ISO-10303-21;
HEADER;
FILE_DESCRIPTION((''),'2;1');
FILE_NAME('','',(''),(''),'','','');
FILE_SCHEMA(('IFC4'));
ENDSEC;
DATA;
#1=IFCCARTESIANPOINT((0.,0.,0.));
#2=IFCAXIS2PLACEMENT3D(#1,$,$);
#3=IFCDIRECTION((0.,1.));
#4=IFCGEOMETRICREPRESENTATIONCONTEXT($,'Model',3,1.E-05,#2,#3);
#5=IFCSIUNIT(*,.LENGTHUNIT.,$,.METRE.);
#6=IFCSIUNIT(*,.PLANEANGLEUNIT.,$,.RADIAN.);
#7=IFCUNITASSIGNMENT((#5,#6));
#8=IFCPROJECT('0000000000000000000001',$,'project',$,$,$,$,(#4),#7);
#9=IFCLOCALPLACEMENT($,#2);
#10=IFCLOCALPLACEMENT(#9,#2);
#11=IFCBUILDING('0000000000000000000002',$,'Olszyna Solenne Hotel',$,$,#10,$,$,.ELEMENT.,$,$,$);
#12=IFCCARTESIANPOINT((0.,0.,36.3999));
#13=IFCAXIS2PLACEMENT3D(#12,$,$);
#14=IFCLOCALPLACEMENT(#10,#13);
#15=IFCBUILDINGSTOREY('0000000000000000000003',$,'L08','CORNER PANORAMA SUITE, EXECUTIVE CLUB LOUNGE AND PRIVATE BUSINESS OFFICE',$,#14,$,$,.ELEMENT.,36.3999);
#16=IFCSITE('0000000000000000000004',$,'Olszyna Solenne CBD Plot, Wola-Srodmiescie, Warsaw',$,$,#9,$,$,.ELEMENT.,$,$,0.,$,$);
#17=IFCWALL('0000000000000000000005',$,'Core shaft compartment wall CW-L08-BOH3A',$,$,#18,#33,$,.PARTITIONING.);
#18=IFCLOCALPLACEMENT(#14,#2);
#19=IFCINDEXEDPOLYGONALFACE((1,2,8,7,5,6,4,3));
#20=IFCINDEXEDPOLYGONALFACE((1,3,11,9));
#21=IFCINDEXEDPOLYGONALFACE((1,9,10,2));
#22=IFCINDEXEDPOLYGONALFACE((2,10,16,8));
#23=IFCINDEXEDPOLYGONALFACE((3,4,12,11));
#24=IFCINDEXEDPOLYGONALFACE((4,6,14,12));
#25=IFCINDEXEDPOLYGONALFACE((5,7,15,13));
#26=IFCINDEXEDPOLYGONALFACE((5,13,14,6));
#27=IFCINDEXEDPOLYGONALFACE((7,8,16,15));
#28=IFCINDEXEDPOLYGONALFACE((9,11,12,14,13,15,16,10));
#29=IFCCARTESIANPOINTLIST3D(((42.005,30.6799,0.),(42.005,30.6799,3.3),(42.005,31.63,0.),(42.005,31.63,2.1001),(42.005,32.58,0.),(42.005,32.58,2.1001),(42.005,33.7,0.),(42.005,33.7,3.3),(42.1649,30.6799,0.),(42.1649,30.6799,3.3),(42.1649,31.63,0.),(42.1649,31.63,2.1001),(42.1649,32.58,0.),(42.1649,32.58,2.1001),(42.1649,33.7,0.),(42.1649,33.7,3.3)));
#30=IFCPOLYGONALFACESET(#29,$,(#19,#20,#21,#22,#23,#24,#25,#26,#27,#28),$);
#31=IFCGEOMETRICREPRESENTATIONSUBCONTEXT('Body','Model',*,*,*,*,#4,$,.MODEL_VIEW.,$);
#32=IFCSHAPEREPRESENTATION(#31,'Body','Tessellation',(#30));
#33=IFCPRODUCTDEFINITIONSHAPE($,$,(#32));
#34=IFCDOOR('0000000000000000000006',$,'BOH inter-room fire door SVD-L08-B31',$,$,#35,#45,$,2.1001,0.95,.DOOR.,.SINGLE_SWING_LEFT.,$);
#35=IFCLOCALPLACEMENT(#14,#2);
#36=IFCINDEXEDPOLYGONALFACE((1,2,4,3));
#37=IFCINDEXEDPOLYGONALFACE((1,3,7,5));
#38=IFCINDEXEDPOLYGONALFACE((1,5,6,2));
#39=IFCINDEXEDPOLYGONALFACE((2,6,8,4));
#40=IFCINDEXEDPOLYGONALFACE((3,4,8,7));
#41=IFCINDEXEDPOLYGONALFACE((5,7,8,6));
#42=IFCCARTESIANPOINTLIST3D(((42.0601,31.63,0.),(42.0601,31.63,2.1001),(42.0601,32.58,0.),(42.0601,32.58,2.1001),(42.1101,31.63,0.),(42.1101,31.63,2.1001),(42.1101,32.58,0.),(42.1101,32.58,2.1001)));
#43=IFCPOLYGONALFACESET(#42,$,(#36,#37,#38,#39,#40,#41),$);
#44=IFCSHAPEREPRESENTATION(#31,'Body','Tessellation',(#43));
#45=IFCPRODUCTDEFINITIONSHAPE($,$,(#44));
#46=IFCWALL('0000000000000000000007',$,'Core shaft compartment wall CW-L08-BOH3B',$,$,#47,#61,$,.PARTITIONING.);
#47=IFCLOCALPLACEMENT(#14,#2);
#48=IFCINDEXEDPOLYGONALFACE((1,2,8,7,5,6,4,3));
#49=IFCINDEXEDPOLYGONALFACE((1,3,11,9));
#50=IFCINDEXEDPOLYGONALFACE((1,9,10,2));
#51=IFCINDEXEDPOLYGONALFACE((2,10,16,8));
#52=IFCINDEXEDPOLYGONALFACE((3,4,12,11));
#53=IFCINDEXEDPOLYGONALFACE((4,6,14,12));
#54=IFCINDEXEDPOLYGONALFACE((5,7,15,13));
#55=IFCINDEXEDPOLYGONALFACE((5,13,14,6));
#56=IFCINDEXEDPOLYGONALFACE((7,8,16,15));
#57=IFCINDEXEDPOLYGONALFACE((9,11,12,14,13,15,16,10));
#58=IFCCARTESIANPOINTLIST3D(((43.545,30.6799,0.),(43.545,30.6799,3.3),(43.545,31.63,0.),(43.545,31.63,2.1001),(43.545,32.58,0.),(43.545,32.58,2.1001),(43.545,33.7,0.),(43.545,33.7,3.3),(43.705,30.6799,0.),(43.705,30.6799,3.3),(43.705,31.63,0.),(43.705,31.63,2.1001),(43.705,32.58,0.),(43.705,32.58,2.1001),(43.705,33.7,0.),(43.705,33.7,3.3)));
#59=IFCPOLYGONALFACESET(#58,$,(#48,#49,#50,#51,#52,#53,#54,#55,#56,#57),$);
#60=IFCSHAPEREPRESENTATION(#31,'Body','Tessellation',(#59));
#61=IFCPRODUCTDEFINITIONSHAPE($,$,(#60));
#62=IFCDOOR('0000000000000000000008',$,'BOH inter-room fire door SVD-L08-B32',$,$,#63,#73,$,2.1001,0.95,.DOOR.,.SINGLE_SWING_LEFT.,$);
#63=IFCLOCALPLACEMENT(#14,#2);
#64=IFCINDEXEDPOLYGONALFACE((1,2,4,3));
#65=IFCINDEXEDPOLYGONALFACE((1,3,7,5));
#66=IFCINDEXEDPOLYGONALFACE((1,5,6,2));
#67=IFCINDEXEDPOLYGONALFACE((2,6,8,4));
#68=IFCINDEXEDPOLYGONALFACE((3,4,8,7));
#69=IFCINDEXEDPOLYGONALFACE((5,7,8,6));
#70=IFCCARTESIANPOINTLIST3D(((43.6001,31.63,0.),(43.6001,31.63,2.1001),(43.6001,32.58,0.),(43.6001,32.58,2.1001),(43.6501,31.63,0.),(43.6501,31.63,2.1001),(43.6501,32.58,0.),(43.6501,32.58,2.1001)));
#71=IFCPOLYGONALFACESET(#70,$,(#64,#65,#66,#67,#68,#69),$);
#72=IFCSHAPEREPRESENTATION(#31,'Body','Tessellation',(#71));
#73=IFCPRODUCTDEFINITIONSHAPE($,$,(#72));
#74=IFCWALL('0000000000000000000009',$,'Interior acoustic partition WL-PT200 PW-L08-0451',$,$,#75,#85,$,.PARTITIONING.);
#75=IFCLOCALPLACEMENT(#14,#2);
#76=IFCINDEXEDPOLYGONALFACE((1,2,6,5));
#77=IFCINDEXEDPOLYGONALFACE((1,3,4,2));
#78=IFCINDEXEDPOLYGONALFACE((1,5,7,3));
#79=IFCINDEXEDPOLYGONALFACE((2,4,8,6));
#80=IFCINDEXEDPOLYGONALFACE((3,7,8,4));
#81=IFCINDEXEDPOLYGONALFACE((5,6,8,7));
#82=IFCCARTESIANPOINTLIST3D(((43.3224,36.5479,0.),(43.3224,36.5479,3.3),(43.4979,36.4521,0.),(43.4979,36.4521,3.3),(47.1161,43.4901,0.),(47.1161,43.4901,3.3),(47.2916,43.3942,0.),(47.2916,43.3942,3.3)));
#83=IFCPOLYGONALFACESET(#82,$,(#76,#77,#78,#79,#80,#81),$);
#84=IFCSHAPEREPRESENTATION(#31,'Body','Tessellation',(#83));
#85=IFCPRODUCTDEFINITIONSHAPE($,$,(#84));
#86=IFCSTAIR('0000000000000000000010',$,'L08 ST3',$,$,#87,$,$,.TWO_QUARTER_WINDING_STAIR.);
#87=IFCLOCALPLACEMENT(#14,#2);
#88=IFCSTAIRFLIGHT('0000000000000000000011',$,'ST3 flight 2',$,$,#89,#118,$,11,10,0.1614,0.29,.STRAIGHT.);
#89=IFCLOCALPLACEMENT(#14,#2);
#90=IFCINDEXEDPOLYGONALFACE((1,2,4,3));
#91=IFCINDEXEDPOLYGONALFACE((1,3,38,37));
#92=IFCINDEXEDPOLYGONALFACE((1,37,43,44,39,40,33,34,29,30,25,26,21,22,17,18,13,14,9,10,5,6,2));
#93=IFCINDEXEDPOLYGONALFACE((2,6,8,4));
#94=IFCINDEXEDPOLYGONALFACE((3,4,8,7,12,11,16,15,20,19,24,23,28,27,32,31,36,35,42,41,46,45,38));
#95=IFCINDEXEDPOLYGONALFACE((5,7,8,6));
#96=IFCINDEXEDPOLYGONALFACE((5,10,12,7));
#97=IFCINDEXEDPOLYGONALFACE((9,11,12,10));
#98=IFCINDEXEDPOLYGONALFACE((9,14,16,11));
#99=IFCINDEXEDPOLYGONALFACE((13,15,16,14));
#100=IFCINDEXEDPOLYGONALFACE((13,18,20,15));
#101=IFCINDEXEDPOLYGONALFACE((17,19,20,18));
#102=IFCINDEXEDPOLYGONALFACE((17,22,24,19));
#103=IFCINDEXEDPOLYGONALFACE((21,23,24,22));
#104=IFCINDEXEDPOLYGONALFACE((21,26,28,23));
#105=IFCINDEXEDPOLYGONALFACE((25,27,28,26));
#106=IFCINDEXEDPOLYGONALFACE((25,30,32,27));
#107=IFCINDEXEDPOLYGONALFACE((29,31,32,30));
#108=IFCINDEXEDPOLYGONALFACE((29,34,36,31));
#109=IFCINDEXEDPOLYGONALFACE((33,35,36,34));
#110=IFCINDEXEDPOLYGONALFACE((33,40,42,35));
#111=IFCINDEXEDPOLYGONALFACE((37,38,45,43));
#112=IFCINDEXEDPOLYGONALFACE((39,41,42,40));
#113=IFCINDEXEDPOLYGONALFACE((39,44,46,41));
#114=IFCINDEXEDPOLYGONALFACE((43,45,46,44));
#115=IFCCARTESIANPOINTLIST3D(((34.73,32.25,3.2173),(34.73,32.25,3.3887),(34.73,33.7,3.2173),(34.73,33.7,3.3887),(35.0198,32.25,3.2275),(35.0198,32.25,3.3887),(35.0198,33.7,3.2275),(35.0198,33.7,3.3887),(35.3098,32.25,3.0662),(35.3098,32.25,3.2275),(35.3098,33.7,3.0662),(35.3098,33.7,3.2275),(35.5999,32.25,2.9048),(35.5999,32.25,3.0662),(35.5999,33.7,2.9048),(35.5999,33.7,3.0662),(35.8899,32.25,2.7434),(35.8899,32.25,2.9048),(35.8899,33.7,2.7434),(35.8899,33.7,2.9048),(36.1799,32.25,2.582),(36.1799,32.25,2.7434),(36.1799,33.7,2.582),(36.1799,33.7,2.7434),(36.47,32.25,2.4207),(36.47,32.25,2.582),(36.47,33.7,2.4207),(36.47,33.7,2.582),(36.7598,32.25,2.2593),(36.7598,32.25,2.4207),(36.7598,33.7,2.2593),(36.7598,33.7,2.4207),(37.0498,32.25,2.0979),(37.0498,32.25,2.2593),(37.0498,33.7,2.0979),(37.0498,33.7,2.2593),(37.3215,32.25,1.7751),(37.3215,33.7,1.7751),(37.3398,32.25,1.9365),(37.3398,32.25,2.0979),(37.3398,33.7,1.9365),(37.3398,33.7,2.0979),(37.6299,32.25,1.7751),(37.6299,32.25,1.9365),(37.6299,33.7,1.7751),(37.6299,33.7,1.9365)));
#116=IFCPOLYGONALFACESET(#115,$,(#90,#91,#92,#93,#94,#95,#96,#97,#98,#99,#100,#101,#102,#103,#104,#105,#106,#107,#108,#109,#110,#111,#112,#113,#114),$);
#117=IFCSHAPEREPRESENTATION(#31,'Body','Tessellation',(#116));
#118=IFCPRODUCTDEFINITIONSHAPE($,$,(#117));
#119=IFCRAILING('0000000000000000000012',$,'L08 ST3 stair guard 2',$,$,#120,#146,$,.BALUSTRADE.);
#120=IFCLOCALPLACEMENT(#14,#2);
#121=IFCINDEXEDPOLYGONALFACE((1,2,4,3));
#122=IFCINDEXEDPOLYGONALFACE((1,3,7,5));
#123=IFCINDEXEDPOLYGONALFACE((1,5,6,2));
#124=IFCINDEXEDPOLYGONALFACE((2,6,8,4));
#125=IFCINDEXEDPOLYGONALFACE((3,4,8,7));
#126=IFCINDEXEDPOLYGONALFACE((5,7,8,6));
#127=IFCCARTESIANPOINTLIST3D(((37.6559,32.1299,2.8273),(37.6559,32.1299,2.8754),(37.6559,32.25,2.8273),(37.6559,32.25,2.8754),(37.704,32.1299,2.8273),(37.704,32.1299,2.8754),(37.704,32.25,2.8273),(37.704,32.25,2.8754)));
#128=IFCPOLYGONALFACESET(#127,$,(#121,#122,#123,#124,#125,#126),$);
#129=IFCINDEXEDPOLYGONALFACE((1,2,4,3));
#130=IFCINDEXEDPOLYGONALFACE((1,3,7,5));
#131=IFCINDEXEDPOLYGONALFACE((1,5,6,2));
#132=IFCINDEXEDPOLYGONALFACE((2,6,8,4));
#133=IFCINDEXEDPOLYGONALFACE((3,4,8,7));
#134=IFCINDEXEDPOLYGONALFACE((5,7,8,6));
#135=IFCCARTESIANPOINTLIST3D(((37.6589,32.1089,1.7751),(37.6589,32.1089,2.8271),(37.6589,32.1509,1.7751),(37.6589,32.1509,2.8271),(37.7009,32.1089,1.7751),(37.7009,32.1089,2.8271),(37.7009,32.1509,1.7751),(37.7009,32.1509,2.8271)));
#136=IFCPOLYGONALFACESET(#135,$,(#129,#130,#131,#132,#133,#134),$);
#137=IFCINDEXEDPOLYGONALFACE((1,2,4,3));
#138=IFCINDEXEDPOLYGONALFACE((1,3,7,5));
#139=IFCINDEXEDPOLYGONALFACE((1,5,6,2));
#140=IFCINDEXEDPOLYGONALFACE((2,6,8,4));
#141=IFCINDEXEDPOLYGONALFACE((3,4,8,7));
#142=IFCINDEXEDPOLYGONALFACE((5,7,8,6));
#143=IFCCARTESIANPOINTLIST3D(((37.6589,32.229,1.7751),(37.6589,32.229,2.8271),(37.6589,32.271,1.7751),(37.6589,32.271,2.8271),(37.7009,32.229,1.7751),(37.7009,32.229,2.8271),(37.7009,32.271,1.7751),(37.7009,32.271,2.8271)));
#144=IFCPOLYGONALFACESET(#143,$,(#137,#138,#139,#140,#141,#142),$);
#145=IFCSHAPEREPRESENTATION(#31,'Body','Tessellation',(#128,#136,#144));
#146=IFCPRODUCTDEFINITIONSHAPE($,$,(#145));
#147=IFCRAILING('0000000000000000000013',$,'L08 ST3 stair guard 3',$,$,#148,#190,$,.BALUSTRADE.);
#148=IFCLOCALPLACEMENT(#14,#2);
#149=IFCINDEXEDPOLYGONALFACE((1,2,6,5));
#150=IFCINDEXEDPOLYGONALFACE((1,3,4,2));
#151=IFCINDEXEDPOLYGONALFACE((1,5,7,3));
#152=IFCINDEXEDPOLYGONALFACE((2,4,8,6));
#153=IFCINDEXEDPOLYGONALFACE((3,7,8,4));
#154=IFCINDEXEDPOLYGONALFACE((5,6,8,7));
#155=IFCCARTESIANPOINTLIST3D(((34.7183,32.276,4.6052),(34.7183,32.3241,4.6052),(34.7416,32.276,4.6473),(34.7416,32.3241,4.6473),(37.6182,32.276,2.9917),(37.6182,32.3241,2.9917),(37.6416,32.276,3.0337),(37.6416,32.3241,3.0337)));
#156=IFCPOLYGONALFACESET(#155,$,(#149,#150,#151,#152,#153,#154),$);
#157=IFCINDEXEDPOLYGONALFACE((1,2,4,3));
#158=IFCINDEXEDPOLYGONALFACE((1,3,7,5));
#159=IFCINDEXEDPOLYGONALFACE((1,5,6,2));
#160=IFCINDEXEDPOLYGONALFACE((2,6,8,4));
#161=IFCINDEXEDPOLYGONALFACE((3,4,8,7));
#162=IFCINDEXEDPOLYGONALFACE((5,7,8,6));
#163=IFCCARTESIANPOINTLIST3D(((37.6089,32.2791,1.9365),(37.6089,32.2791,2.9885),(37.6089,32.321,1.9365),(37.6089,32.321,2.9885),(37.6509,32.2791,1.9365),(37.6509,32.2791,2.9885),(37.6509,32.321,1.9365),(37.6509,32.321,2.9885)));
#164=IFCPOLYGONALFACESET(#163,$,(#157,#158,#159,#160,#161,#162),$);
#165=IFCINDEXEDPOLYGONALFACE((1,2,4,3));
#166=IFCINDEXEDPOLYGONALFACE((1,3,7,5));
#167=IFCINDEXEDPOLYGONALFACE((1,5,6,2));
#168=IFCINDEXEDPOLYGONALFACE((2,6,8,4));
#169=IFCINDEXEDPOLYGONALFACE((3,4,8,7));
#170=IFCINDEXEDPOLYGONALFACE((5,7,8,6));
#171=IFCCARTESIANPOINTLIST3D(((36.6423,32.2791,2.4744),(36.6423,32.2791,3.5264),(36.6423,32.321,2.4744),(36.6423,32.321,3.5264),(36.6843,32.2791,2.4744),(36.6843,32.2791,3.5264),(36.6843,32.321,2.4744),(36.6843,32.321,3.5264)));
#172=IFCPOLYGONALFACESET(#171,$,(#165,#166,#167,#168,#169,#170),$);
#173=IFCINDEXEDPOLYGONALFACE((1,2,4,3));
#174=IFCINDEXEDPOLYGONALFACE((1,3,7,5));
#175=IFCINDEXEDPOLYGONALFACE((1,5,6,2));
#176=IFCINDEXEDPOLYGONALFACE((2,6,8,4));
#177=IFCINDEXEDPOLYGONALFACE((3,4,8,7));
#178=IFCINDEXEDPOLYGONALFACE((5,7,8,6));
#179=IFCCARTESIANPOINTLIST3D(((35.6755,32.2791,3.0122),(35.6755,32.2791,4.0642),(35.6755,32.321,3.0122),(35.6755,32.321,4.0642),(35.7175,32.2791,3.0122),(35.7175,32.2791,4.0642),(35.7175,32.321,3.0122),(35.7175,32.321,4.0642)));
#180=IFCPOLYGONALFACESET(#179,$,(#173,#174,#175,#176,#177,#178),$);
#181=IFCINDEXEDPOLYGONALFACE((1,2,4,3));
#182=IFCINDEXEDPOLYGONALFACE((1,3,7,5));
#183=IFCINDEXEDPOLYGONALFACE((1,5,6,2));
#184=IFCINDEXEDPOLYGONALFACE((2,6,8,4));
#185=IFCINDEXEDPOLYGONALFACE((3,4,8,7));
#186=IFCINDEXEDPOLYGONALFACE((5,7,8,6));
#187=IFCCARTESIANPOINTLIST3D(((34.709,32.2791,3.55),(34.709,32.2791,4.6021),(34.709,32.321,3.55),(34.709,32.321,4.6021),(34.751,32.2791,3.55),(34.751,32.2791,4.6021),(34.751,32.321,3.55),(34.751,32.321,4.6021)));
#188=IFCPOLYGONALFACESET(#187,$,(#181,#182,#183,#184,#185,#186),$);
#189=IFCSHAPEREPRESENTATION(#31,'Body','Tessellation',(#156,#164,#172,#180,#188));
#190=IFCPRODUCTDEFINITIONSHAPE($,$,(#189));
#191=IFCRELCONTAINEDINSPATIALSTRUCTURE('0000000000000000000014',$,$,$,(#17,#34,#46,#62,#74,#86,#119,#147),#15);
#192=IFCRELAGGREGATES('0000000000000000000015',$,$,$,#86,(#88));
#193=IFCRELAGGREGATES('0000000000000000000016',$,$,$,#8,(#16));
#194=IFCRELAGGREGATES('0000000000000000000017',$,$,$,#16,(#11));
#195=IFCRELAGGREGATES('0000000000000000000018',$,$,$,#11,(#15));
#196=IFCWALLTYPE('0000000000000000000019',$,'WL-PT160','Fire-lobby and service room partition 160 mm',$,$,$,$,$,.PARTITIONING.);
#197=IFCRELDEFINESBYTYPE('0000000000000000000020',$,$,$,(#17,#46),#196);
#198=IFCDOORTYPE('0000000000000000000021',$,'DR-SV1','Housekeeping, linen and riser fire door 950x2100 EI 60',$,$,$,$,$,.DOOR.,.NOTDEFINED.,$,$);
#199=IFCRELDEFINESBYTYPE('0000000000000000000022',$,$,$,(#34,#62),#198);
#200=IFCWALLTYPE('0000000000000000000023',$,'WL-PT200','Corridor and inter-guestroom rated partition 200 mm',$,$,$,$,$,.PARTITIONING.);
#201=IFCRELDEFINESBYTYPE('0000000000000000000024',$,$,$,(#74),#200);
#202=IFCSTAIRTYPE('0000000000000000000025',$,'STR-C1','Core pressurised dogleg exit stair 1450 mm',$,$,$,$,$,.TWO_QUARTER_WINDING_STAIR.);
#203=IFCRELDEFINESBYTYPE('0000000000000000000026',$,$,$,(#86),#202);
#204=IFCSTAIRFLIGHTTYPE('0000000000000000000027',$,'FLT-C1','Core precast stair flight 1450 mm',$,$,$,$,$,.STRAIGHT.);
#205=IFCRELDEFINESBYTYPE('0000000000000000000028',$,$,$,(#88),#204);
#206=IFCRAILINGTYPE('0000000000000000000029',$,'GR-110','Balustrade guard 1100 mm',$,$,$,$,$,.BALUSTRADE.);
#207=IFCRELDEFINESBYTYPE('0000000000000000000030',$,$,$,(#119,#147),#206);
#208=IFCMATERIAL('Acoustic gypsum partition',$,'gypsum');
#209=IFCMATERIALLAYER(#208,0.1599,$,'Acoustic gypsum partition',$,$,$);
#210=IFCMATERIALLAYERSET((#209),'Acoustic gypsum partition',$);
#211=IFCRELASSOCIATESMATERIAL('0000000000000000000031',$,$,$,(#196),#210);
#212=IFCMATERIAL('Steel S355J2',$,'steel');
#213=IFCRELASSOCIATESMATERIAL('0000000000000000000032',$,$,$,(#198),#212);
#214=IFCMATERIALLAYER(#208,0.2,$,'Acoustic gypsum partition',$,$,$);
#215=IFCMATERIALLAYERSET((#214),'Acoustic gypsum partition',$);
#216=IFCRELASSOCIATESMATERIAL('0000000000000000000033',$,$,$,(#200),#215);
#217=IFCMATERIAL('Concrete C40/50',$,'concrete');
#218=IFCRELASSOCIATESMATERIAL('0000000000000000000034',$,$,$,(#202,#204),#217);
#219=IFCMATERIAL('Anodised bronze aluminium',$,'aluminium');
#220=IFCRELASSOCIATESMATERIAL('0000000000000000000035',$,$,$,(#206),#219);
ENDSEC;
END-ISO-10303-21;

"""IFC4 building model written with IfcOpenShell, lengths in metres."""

from ifc_helpers import new_model, si_unit, direction, frame, frame_2d, origin, origin_2d, place, context, subcontext, project, spatial, polyline, rectangle, outline, extrude, source, transform, mapped, material, layer, layer_set, type_object, type_shapes, element, fill, aggregate, save


model = new_model("IFC4")

# Units and contexts
model_context = context("Model", 3, precision=1e-05, world=origin(), true_north=direction((0.0, 1.0)))
body_context = subcontext(model_context, "Body", "Model", "MODEL_VIEW")
ifc_project = project(units=[si_unit("LENGTHUNIT", "METRE"), si_unit("PLANEANGLEUNIT", "RADIAN")], contexts=[model_context])

# Site, building, storey
site_placement = place(None, origin())
site = spatial("IfcSite", under=ifc_project, at=site_placement, Name="Olszyna Solenne CBD Plot, Wola-Srodmiescie, Warsaw", CompositionType="ELEMENT", RefElevation=0.0)
building_placement = place(site_placement, origin())
building = spatial("IfcBuilding", under=site, at=building_placement, Name="Olszyna Solenne Hotel", CompositionType="ELEMENT")
storey_placement = place(building_placement, frame((0.0, 0.0, 36.3999)))
storey = spatial("IfcBuildingStorey", under=building, at=storey_placement, Name="L08", Description="CORNER PANORAMA SUITE, EXECUTIVE CLUB LOUNGE AND PRIVATE BUSINESS OFFICE", CompositionType="ELEMENT", Elevation=36.3999)

# Shared definitions
ifc_material_1 = material(Name="Steel S355J2", Category="steel")

# Shared definitions
ifc_material_2 = material(Name="Anodised bronze aluminium", Category="aluminium")

# Shared definitions
ifc_material_3 = material(Name="Acoustic gypsum partition", Category="gypsum")
ifc_layer_1 = layer(ifc_material_3, 0.1599, Name="Acoustic gypsum partition")
ifc_layer_set_1 = layer_set([ifc_layer_1], Name="Acoustic gypsum partition")
wall_type_1 = type_object("IfcWallType", Name="WL-PT160", Description="Fire-lobby and service room partition 160 mm", PredefinedType="PARTITIONING", material=ifc_layer_set_1)

# Walls, openings, doors
wall_1_placement = place(storey_placement, frame((42.085, 30.6799, 0.0), z_axis=(0.0, 0.0, 1.0), x_axis=(0.0, 1.0, 0.0)))
wall_1 = element("IfcWall", 1, at=wall_1_placement, inside=storey, type_object=wall_type_1, Name="Core shaft compartment wall CW-L08-BOH3A", PredefinedType="PARTITIONING", context=body_context, shape_type="SweptSolid", body=[
    extrude(rectangle(XDim=3.02, YDim=0.1599, at=frame_2d((1.51, 0.0))), origin(), (0.0, 0.0, 1.0), 3.3),
])
opening_1_placement = place(wall_1_placement, frame((0.95, 0.0, 0.0)))
opening_1 = element("IfcOpeningElement", 2, at=opening_1_placement, cuts=wall_1, PredefinedType="OPENING", context=body_context, shape_type="SweptSolid", body=[
    extrude(rectangle(XDim=0.95, YDim=2.1001, at=frame_2d((0.4751, 1.05))), frame((0.0, 0.0898, 0.0), z_axis=(0.0, -1.0, 0.0), x_axis=(1.0, 0.0, 0.0)), (0.0, 0.0, 1.0), 0.1799),
])
door_type_1 = type_object("IfcDoorType", Name="DR-SV1", Description="Housekeeping, linen and riser fire door 950x2100 EI 60", OperationType="NOTDEFINED", PredefinedType="DOOR", material=ifc_material_1)
shared_shape_1 = source(origin(), body_context, "Body", "SweptSolid", [
    extrude(rectangle(XDim=0.95, YDim=2.1001, at=frame_2d((0.4751, 1.05))), frame((0.0, 0.0249, 0.0), z_axis=(0.0, -1.0, 0.0), x_axis=(1.0, 0.0, 0.0)), (0.0, 0.0, 1.0), 0.05),
])
type_shapes(door_type_1, [shared_shape_1])
door_1_placement = place(opening_1_placement, origin())
door_1 = element("IfcDoor", 3, at=door_1_placement, inside=storey, type_object=door_type_1, Name="BOH inter-room fire door SVD-L08-B31", OperationType="SINGLE_SWING_LEFT", OverallHeight=2.1001, OverallWidth=0.95, PredefinedType="DOOR", context=body_context, shape_type="MappedRepresentation", body=[
    mapped(shared_shape_1, transform((0.0, 0.0, 0.0), x_axis=(1.0, 0.0, 0.0), y_axis=(0.0, 1.0, 0.0), z_axis=(0.0, 0.0, 1.0), scale=1.0)),
])
fill(opening_1, door_1)
wall_2_placement = place(storey_placement, frame((43.625, 30.6799, 0.0), z_axis=(0.0, 0.0, 1.0), x_axis=(0.0, 1.0, 0.0)))
wall_2 = element("IfcWall", 4, at=wall_2_placement, inside=storey, type_object=wall_type_1, Name="Core shaft compartment wall CW-L08-BOH3B", PredefinedType="PARTITIONING", context=body_context, shape_type="SweptSolid", body=[
    extrude(rectangle(XDim=3.02, YDim=0.1599, at=frame_2d((1.51, 0.0))), origin(), (0.0, 0.0, 1.0), 3.3),
])
opening_2_placement = place(wall_2_placement, frame((0.95, 0.0, 0.0)))
opening_2 = element("IfcOpeningElement", 5, at=opening_2_placement, cuts=wall_2, PredefinedType="OPENING", context=body_context, shape_type="SweptSolid", body=[
    extrude(rectangle(XDim=0.95, YDim=2.1001, at=frame_2d((0.4751, 1.05))), frame((0.0, 0.0898, 0.0), z_axis=(0.0, -1.0, 0.0), x_axis=(1.0, 0.0, 0.0)), (0.0, 0.0, 1.0), 0.1799),
])
door_2_placement = place(opening_2_placement, origin())
door_2 = element("IfcDoor", 6, at=door_2_placement, inside=storey, type_object=door_type_1, Name="BOH inter-room fire door SVD-L08-B32", OperationType="SINGLE_SWING_LEFT", OverallHeight=2.1001, OverallWidth=0.95, PredefinedType="DOOR", context=body_context, shape_type="MappedRepresentation", body=[
    mapped(shared_shape_1, transform((0.0, 0.0, 0.0), x_axis=(1.0, 0.0, 0.0), y_axis=(0.0, 1.0, 0.0), z_axis=(0.0, 0.0, 1.0), scale=1.0)),
])
fill(opening_2, door_2)

# Wall
ifc_layer_2 = layer(ifc_material_3, 0.2, Name="Acoustic gypsum partition")
ifc_layer_set_2 = layer_set([ifc_layer_2], Name="Acoustic gypsum partition")
wall_type_2 = type_object("IfcWallType", Name="WL-PT200", Description="Corridor and inter-guestroom rated partition 200 mm", PredefinedType="PARTITIONING", material=ifc_layer_set_2)
wall_3_placement = place(storey_placement, frame((43.4102, 36.5, 0.0), z_axis=(0.0, 0.0, 1.0), x_axis=(0.479542, 0.877519, 0.0)))
element("IfcWall", 7, at=wall_3_placement, inside=storey, type_object=wall_type_2, Name="Interior acoustic partition WL-PT200 PW-L08-0451", PredefinedType="PARTITIONING", context=body_context, shape_type="SweptSolid", body=[
    extrude(rectangle(XDim=7.9111, YDim=0.2, at=frame_2d((3.9556, 0.0))), origin(), (0.0, 0.0, 1.0), 3.3),
])

# Stair, stair flight
ifc_material_4 = material(Name="Concrete C40/50", Category="concrete")
stair_type = type_object("IfcStairType", Name="STR-C1", Description="Core pressurised dogleg exit stair 1450 mm", PredefinedType="TWO_QUARTER_WINDING_STAIR", material=ifc_material_4)
stair_placement = place(storey_placement, origin())
stair = element("IfcStair", 8, at=stair_placement, inside=storey, type_object=stair_type, Name="L08 ST3", PredefinedType="TWO_QUARTER_WINDING_STAIR")
stair_flight_type = type_object("IfcStairFlightType", Name="FLT-C1", Description="Core precast stair flight 1450 mm", PredefinedType="STRAIGHT", material=ifc_material_4)
stair_flight_placement = place(storey_placement, frame((37.6299, 32.9751, 1.7751), z_axis=(0.0, 0.0, 1.0), x_axis=(-1.0, 0.0, 0.0)))
stair_flight = element("IfcStairFlight", 9, at=stair_flight_placement, type_object=stair_flight_type, Name="ST3 flight 2", NumberOfRisers=11, NumberOfTreads=10, PredefinedType="STRAIGHT", RiserHeight=0.1614, TreadLength=0.29, context=body_context, shape_type="SweptSolid", body=[
    extrude(outline(polyline([(0.0, 0.0), (0.0, 0.1614), (0.29, 0.1614), (0.29, 0.3228), (0.5801, 0.3228), (0.5801, 0.4841), (0.8701, 0.4841), (0.8701, 0.6455), (1.1599, 0.6455), (1.1599, 0.8069), (1.45, 0.8069), (1.45, 0.9683), (1.74, 0.9683), (1.74, 1.1296), (2.03, 1.1296), (2.03, 1.291), (2.3201, 1.291), (2.3201, 1.4524), (2.6101, 1.4524), (2.6101, 1.6135), (2.8999, 1.6135), (2.8999, 1.7749), (2.8999, 1.4421), (0.3083, 0.0), (0.0, 0.0)])), frame((0.0, 0.7251, 0.0), z_axis=(0.0, -1.0, 0.0), x_axis=(1.0, 0.0, 0.0)), (0.0, 0.0, 1.0), 1.45),
])
aggregate(stair, [stair_flight])

# Railings
railing_type_1 = type_object("IfcRailingType", Name="GR-110", Description="Balustrade guard 1100 mm", PredefinedType="BALUSTRADE", material=ifc_material_2)
railing_1_placement = place(storey_placement, frame((37.6799, 32.1299, 1.7751)))
element("IfcRailing", 10, at=railing_1_placement, inside=storey, type_object=railing_type_1, Name="L08 ST3 stair guard 2", PredefinedType="BALUSTRADE", context=body_context, shape_type="SweptSolid", body=[
    extrude(rectangle(XDim=0.0481, YDim=0.0481, at=origin_2d()), frame((0.0, 0.0, 1.0762), z_axis=(0.0, 1.0, 0.0), x_axis=(-1.0, 0.0, 0.0)), (0.0, 0.0, 1.0), 0.1201),
    extrude(rectangle(XDim=0.042, YDim=0.042, at=origin_2d()), origin(), (0.0, 0.0, 1.0), 1.052),
    extrude(rectangle(XDim=0.042, YDim=0.042, at=origin_2d()), frame((0.0, 0.1201, 0.0)), (0.0, 0.0, 1.0), 1.052),
])
railing_2_placement = place(storey_placement, frame((37.6299, 32.3, 1.9365)))
element("IfcRailing", 11, at=railing_2_placement, inside=storey, type_object=railing_type_1, Name="L08 ST3 stair guard 3", PredefinedType="BALUSTRADE", context=body_context, shape_type="SweptSolid", body=[
    extrude(rectangle(XDim=0.0481, YDim=0.0481, at=origin_2d()), frame((0.0, 0.0, 1.0762), z_axis=(-0.873841, 0.0, 0.486211), x_axis=(0.0, -1.0, 0.0)), (0.0, 0.0, 1.0), 3.3186),
    extrude(rectangle(XDim=0.042, YDim=0.042, at=origin_2d()), origin(), (0.0, 0.0, 1.0), 1.052),
    extrude(rectangle(XDim=0.042, YDim=0.042, at=origin_2d()), frame((-0.9666, 0.0, 0.5378)), (0.0, 0.0, 1.0), 1.052),
    extrude(rectangle(XDim=0.042, YDim=0.042, at=origin_2d()), frame((-1.9333, 0.0, 1.0757)), (0.0, 0.0, 1.0), 1.052),
    extrude(rectangle(XDim=0.042, YDim=0.042, at=origin_2d()), frame((-2.8999, 0.0, 1.6135)), (0.0, 0.0, 1.0), 1.052),
])

save(model, "model.ifc")
